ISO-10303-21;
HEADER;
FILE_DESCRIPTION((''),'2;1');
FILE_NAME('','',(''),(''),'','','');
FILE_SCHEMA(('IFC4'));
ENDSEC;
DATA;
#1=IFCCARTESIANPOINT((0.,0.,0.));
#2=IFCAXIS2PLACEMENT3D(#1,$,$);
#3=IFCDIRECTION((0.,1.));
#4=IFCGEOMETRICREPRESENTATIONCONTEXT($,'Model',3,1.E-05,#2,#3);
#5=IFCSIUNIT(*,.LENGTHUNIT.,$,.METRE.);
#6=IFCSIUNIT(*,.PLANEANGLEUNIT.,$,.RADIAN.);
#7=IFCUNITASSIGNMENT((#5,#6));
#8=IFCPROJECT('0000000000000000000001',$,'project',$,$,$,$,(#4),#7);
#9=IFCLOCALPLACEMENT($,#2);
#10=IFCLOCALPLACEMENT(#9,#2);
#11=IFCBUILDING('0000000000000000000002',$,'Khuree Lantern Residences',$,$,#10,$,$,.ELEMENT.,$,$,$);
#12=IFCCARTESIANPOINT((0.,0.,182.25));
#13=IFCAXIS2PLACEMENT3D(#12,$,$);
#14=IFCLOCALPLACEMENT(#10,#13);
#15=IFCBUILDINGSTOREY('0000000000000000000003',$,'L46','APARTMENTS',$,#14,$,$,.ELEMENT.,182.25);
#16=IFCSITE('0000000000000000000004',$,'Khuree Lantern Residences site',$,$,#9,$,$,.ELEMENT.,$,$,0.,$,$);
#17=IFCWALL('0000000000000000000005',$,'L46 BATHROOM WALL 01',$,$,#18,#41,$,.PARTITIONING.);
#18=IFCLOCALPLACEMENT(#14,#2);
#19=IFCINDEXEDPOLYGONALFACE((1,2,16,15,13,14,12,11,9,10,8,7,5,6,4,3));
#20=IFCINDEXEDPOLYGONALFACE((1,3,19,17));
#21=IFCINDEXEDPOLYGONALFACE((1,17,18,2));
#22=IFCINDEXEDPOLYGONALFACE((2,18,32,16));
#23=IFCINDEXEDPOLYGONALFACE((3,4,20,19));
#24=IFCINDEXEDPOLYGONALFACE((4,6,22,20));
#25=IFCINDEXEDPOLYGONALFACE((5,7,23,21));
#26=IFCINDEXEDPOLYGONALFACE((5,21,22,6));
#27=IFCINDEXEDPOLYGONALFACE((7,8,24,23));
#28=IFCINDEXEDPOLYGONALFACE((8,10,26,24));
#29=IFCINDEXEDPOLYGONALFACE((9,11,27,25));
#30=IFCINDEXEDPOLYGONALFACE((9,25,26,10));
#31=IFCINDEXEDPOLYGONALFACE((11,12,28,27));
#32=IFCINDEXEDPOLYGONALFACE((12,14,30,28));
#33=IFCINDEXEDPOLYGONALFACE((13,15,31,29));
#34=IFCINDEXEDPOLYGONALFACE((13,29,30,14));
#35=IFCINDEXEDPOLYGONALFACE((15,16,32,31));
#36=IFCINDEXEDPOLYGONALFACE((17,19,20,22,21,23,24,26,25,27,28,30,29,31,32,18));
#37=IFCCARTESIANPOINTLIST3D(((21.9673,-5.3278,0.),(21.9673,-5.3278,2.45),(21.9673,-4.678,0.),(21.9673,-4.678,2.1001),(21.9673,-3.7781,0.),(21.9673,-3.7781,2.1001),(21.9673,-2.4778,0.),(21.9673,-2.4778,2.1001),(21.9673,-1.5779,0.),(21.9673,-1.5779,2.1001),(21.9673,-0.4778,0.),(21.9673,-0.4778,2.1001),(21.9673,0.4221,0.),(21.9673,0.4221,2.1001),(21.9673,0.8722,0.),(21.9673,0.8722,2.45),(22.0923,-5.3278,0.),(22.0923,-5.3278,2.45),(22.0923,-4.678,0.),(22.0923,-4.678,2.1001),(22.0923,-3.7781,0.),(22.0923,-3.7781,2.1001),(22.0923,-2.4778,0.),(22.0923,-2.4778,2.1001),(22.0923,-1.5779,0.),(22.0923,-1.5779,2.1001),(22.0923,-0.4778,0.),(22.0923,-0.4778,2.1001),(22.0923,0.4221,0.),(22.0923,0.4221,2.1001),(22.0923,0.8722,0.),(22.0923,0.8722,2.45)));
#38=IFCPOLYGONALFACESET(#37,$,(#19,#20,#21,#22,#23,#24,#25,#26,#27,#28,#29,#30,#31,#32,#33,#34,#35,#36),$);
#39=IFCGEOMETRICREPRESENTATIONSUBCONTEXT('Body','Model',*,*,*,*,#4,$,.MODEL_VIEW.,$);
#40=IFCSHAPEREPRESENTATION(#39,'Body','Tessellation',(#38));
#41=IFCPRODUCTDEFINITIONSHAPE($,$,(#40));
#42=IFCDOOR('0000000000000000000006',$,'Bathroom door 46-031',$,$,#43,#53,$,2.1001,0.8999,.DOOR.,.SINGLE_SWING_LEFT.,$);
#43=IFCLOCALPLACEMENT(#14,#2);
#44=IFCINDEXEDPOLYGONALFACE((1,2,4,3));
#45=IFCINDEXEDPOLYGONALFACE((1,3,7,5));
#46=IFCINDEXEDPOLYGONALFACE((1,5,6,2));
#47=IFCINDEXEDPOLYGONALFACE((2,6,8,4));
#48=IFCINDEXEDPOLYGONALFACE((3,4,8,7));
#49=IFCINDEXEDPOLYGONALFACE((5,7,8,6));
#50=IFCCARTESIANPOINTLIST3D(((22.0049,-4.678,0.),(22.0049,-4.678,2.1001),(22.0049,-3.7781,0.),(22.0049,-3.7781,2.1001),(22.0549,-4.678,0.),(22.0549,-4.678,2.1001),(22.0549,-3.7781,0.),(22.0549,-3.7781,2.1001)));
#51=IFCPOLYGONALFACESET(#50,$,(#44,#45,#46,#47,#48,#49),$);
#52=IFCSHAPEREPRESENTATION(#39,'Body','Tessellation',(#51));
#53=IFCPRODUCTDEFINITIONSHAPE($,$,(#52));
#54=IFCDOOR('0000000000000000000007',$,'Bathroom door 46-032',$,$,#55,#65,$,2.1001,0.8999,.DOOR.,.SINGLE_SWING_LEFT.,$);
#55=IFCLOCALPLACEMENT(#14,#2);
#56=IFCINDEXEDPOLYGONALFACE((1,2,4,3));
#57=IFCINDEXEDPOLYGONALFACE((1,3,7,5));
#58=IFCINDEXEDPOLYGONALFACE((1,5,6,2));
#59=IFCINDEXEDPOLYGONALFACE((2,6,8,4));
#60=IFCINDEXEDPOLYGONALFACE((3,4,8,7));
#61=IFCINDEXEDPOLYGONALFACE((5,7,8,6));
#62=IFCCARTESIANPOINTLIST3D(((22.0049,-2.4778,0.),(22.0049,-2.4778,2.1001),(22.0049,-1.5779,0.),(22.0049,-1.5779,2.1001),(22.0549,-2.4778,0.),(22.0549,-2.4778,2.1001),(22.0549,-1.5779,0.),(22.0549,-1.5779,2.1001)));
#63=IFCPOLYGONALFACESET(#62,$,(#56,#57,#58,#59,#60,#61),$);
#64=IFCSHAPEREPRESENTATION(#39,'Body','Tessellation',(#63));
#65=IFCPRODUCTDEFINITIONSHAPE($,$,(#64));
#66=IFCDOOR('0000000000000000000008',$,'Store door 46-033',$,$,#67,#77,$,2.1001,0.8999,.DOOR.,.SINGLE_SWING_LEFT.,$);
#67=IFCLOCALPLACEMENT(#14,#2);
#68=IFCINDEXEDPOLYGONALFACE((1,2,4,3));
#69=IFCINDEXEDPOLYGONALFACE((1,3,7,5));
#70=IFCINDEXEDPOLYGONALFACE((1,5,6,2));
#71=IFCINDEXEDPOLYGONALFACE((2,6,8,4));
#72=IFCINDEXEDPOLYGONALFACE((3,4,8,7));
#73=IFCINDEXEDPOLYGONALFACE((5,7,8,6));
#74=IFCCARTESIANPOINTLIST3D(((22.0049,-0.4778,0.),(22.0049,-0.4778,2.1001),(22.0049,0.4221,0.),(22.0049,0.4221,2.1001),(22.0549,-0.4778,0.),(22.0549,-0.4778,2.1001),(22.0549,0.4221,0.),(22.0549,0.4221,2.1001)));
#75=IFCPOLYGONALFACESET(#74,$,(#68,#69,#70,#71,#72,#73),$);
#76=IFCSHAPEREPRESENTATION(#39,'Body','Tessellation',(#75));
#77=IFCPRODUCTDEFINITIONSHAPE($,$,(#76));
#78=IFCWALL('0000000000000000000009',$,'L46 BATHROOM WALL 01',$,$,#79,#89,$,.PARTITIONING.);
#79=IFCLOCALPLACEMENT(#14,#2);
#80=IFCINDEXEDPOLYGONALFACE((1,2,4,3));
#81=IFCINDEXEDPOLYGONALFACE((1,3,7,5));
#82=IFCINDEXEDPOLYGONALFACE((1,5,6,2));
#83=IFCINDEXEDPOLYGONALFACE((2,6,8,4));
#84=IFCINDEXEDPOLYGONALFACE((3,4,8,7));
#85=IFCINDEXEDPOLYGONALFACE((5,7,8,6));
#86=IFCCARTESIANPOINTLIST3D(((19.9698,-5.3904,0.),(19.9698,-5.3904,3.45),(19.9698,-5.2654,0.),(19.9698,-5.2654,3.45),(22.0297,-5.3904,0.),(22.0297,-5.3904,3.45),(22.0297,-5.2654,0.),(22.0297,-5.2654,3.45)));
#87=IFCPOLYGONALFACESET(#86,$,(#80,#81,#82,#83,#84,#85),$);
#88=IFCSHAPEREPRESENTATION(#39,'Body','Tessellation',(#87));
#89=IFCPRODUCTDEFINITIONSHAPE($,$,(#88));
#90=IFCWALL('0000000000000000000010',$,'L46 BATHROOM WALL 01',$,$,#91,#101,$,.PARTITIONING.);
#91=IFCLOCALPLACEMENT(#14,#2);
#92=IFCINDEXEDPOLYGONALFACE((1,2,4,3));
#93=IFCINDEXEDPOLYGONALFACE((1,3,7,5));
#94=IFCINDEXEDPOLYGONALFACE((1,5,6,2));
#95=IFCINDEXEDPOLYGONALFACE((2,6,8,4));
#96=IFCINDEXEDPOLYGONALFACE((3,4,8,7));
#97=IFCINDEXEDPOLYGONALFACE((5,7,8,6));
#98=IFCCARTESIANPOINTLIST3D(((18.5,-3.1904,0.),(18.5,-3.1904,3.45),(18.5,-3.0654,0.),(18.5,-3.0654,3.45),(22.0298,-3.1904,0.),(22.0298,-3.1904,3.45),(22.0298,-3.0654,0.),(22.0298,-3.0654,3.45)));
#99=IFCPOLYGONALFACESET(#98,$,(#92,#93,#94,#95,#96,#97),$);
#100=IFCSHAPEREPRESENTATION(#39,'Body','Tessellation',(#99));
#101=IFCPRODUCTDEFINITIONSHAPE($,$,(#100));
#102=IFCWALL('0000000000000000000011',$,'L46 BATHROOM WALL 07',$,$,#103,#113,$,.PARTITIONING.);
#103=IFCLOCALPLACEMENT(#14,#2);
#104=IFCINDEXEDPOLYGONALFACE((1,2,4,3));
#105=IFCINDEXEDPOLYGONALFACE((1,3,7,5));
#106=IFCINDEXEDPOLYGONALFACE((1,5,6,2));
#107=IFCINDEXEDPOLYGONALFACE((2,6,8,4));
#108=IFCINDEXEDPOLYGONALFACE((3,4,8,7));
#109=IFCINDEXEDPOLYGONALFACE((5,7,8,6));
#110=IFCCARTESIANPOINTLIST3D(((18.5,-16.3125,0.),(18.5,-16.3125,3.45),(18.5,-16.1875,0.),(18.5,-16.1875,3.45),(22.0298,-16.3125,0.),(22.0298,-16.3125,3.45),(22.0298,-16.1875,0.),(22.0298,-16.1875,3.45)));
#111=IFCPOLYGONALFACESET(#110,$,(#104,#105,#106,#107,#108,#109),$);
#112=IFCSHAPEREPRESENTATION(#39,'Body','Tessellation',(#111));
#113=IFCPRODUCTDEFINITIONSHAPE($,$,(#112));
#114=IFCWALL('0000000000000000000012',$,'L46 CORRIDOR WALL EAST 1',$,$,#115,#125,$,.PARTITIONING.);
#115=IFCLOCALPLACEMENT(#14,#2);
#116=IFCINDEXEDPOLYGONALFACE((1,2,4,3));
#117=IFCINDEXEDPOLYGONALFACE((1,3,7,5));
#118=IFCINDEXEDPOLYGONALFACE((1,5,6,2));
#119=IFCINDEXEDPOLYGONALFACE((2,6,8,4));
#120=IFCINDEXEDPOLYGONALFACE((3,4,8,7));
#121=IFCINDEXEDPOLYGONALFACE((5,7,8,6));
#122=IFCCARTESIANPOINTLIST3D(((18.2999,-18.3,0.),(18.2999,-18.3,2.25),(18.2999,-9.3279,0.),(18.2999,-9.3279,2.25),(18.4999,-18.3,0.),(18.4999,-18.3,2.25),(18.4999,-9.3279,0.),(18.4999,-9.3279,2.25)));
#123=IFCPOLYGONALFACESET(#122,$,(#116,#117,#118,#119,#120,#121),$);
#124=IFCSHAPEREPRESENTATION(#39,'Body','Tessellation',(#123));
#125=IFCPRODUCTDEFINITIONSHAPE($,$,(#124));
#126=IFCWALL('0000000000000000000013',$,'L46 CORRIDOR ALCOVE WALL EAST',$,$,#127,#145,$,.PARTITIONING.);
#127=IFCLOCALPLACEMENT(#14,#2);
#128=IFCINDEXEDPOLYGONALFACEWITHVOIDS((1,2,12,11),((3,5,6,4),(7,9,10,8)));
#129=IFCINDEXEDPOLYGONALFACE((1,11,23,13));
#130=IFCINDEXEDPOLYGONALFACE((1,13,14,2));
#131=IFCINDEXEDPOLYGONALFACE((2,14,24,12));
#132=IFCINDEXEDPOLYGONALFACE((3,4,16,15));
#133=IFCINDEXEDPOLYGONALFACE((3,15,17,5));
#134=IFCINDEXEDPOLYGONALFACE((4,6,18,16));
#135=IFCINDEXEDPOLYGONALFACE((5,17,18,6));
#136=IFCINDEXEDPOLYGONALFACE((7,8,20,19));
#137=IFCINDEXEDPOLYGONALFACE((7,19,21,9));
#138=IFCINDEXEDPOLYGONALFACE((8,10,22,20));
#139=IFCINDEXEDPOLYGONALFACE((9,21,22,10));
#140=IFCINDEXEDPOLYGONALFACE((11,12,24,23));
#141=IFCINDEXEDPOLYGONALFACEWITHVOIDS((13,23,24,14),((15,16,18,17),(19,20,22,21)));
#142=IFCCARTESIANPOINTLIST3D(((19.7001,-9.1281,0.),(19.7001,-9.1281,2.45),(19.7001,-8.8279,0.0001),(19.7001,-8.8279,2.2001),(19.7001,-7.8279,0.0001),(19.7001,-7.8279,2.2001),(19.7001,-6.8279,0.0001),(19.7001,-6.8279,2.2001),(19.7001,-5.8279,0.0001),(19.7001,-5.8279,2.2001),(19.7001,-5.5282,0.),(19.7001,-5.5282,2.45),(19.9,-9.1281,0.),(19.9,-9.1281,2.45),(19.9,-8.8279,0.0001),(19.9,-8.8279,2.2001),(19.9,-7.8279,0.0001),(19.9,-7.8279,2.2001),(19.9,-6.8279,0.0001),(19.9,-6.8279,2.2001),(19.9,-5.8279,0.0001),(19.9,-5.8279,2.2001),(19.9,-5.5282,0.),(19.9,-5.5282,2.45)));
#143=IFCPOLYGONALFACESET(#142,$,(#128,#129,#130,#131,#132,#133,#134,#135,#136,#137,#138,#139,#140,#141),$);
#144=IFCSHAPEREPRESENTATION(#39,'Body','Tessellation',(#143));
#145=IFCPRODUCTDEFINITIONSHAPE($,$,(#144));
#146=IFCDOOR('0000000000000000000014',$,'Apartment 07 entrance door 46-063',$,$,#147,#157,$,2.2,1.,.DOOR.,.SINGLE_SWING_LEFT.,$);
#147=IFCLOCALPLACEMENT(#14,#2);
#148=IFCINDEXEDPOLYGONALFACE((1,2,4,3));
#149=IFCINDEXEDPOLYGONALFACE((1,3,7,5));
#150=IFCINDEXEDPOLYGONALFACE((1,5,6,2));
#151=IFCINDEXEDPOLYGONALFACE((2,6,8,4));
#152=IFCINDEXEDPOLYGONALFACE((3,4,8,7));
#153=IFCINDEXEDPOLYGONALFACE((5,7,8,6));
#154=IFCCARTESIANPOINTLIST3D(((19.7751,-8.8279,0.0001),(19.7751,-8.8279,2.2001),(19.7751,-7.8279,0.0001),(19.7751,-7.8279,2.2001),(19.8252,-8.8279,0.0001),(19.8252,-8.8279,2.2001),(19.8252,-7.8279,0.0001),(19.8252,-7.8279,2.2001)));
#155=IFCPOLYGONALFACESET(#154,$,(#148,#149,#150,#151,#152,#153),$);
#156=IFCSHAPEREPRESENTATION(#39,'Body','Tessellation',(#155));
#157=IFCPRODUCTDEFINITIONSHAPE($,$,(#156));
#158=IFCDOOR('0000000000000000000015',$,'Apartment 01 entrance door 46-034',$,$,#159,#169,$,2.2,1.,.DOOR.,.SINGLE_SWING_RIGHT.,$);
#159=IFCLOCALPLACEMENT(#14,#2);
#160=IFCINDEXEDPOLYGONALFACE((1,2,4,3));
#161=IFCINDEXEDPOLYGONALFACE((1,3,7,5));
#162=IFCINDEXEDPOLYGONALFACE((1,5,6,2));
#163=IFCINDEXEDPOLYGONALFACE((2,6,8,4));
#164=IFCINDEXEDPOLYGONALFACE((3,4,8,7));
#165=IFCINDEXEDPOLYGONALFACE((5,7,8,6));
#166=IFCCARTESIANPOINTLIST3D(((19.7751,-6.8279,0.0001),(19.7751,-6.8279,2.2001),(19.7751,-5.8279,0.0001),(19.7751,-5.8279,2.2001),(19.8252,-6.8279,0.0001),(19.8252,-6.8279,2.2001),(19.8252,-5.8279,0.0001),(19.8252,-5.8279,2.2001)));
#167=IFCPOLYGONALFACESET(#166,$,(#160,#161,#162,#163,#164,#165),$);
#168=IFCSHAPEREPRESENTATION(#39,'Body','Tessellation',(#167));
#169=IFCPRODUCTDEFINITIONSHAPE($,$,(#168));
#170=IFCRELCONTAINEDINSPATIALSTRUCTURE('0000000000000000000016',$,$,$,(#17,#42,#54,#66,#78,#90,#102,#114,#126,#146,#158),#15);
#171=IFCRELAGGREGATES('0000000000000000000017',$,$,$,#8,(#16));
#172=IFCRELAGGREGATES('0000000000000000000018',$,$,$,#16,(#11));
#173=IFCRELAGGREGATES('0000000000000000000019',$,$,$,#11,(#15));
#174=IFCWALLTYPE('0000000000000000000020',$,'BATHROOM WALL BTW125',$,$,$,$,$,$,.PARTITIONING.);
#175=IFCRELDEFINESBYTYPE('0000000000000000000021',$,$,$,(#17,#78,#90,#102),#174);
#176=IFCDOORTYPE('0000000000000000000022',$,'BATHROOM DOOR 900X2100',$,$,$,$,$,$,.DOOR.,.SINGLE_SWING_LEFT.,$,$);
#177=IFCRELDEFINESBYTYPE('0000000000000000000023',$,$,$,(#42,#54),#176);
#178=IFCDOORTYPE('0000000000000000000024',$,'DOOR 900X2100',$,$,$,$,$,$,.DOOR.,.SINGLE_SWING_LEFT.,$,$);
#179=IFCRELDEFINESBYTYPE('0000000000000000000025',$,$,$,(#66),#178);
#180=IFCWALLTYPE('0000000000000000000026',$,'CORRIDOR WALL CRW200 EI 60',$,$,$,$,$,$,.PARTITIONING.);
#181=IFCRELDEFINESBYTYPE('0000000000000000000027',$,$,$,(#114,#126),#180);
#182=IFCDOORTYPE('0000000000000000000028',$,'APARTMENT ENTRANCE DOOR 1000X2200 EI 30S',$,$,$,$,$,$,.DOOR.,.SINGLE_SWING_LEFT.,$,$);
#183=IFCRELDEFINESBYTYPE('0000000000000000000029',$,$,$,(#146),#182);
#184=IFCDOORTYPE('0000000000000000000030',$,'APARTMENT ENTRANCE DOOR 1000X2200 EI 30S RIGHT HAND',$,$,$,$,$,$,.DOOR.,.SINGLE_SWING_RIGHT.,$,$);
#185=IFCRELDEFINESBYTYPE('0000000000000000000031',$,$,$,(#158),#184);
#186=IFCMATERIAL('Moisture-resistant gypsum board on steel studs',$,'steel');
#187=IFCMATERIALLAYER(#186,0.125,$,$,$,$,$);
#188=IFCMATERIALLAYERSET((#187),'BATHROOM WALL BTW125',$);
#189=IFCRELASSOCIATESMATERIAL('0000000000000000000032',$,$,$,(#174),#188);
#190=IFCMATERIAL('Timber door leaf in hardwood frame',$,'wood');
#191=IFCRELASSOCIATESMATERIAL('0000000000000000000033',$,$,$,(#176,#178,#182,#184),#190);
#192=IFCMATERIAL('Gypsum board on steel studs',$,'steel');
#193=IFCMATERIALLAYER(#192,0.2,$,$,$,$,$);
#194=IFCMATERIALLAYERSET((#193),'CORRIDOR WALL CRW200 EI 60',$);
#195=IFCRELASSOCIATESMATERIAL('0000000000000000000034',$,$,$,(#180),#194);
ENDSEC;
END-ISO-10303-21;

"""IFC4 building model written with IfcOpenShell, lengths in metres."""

from ifc_helpers import new_model, si_unit, direction, frame, frame_2d, origin, place, context, subcontext, project, spatial, rectangle, extrude, material, layer, layer_set, type_object, element, fill, save


model = new_model("IFC4")

# Units and contexts
model_context = context("Model", 3, precision=1e-05, world=origin(), true_north=direction((0.0, 1.0)))
body_context = subcontext(model_context, "Body", "Model", "MODEL_VIEW")
ifc_project = project(units=[si_unit("LENGTHUNIT", "METRE"), si_unit("PLANEANGLEUNIT", "RADIAN")], contexts=[model_context])

# Site, building, storey
site_placement = place(None, origin())
site = spatial("IfcSite", under=ifc_project, at=site_placement, Name="Khuree Lantern Residences site", CompositionType="ELEMENT", RefElevation=0.0)
building_placement = place(site_placement, origin())
building = spatial("IfcBuilding", under=site, at=building_placement, Name="Khuree Lantern Residences", CompositionType="ELEMENT")
storey_placement = place(building_placement, frame((0.0, 0.0, 182.25)))
storey = spatial("IfcBuildingStorey", under=building, at=storey_placement, Name="L46", Description="APARTMENTS", CompositionType="ELEMENT", Elevation=182.25)

# Wall, openings, doors
ifc_material_1 = material(Name="Moisture-resistant gypsum board on steel studs", Category="steel")
ifc_layer_1 = layer(ifc_material_1, 0.125)
ifc_layer_set_1 = layer_set([ifc_layer_1], Name="BATHROOM WALL BTW125")
wall_type_1 = type_object("IfcWallType", Name="BATHROOM WALL BTW125", PredefinedType="PARTITIONING", material=ifc_layer_set_1)
wall_1_placement = place(storey_placement, frame((22.0298, -5.3279, 0.0), z_axis=(0.0, 0.0, 1.0), x_axis=(0.0, 1.0, 0.0)))
wall_1 = element("IfcWall", 1, at=wall_1_placement, inside=storey, type_object=wall_type_1, Name="L46 BATHROOM WALL 01", PredefinedType="PARTITIONING", context=body_context, shape_type="SweptSolid", body=[
    extrude(rectangle(XDim=6.2, YDim=0.125, at=frame_2d((3.1001, 0.0))), origin(), (0.0, 0.0, 1.0), 2.45),
])
opening_1_placement = place(wall_1_placement, frame((0.6499, 0.0, 0.0)))
opening_1 = element("IfcOpeningElement", 2, at=opening_1_placement, cuts=wall_1, PredefinedType="OPENING", context=body_context, shape_type="SweptSolid", body=[
    extrude(rectangle(XDim=0.8999, YDim=2.1001, at=frame_2d((0.45, 1.05))), frame((0.0, 0.0725, 0.0), z_axis=(0.0, -1.0, 0.0), x_axis=(1.0, 0.0, 0.0)), (0.0, 0.0, 1.0), 0.145),
])
opening_2_placement = place(wall_1_placement, frame((2.8501, 0.0, 0.0)))
opening_2 = element("IfcOpeningElement", 3, at=opening_2_placement, cuts=wall_1, PredefinedType="OPENING", context=body_context, shape_type="SweptSolid", body=[
    extrude(rectangle(XDim=0.8999, YDim=2.1001, at=frame_2d((0.45, 1.05))), frame((0.0, 0.0725, 0.0), z_axis=(0.0, -1.0, 0.0), x_axis=(1.0, 0.0, 0.0)), (0.0, 0.0, 1.0), 0.145),
])
opening_3_placement = place(wall_1_placement, frame((4.8501, 0.0, 0.0)))
opening_3 = element("IfcOpeningElement", 4, at=opening_3_placement, cuts=wall_1, PredefinedType="OPENING", context=body_context, shape_type="SweptSolid", body=[
    extrude(rectangle(XDim=0.8999, YDim=2.1001, at=frame_2d((0.45, 1.05))), frame((0.0, 0.0725, 0.0), z_axis=(0.0, -1.0, 0.0), x_axis=(1.0, 0.0, 0.0)), (0.0, 0.0, 1.0), 0.145),
])
ifc_material_2 = material(Name="Timber door leaf in hardwood frame", Category="wood")
door_type_1 = type_object("IfcDoorType", Name="BATHROOM DOOR 900X2100", OperationType="SINGLE_SWING_LEFT", PredefinedType="DOOR", material=ifc_material_2)
door_1_placement = place(opening_1_placement, origin())
door_1 = element("IfcDoor", 5, at=door_1_placement, inside=storey, type_object=door_type_1, Name="Bathroom door 46-031", OperationType="SINGLE_SWING_LEFT", OverallHeight=2.1001, OverallWidth=0.8999, PredefinedType="DOOR", context=body_context, shape_type="SweptSolid", body=[
    extrude(rectangle(XDim=0.8999, YDim=2.1001, at=frame_2d((0.45, 1.05))), frame((0.0, 0.0249, 0.0), z_axis=(0.0, -1.0, 0.0), x_axis=(1.0, 0.0, 0.0)), (0.0, 0.0, 1.0), 0.05),
])
fill(opening_1, door_1)
door_2_placement = place(opening_2_placement, origin())
door_2 = element("IfcDoor", 6, at=door_2_placement, inside=storey, type_object=door_type_1, Name="Bathroom door 46-032", OperationType="SINGLE_SWING_LEFT", OverallHeight=2.1001, OverallWidth=0.8999, PredefinedType="DOOR", context=body_context, shape_type="SweptSolid", body=[
    extrude(rectangle(XDim=0.8999, YDim=2.1001, at=frame_2d((0.45, 1.05))), frame((0.0, 0.0249, 0.0), z_axis=(0.0, -1.0, 0.0), x_axis=(1.0, 0.0, 0.0)), (0.0, 0.0, 1.0), 0.05),
])
fill(opening_2, door_2)
door_type_2 = type_object("IfcDoorType", Name="DOOR 900X2100", OperationType="SINGLE_SWING_LEFT", PredefinedType="DOOR", material=ifc_material_2)
door_3_placement = place(opening_3_placement, origin())
door_3 = element("IfcDoor", 7, at=door_3_placement, inside=storey, type_object=door_type_2, Name="Store door 46-033", OperationType="SINGLE_SWING_LEFT", OverallHeight=2.1001, OverallWidth=0.8999, PredefinedType="DOOR", context=body_context, shape_type="SweptSolid", body=[
    extrude(rectangle(XDim=0.8999, YDim=2.1001, at=frame_2d((0.45, 1.05))), frame((0.0, 0.0249, 0.0), z_axis=(0.0, -1.0, 0.0), x_axis=(1.0, 0.0, 0.0)), (0.0, 0.0, 1.0), 0.05),
])
fill(opening_3, door_3)

# Walls
wall_2_placement = place(storey_placement, frame((19.97, -5.3279, 0.0), z_axis=(0.0, 0.0, 1.0), x_axis=(1.0, 0.0, 0.0)))
element("IfcWall", 8, at=wall_2_placement, inside=storey, type_object=wall_type_1, Name="L46 BATHROOM WALL 01", PredefinedType="PARTITIONING", context=body_context, shape_type="SweptSolid", body=[
    extrude(rectangle(XDim=2.0598, YDim=0.125, at=frame_2d((1.0298, 0.0))), origin(), (0.0, 0.0, 1.0), 3.45),
])
for number, where, z_axis, x_axis, name in (
    (9, (18.5, -3.1279, 0.0), (0.0, 0.0, 1.0), (1.0, 0.0, 0.0), "L46 BATHROOM WALL 01"),
    (10, (18.5, -16.25, 0.0), (0.0, 0.0, 1.0), (1.0, 0.0, 0.0), "L46 BATHROOM WALL 07"),
):
    element("IfcWall", number, at=place(storey_placement, frame(where, z_axis=z_axis, x_axis=x_axis)), inside=storey, type_object=wall_type_1, Name=name, PredefinedType="PARTITIONING", context=body_context, shape_type="SweptSolid", body=[
        extrude(rectangle(XDim=3.5298, YDim=0.125, at=frame_2d((1.7649, 0.0))), origin(), (0.0, 0.0, 1.0), 3.45),
    ])
ifc_material_3 = material(Name="Gypsum board on steel studs", Category="steel")
ifc_layer_2 = layer(ifc_material_3, 0.2)
ifc_layer_set_2 = layer_set([ifc_layer_2], Name="CORRIDOR WALL CRW200 EI 60")
wall_type_2 = type_object("IfcWallType", Name="CORRIDOR WALL CRW200 EI 60", PredefinedType="PARTITIONING", material=ifc_layer_set_2)
wall_3_placement = place(storey_placement, frame((18.3999, -18.3, 0.0), z_axis=(0.0, 0.0, 1.0), x_axis=(0.0, 1.0, 0.0)))
element("IfcWall", 11, at=wall_3_placement, inside=storey, type_object=wall_type_2, Name="L46 CORRIDOR WALL EAST 1", PredefinedType="PARTITIONING", context=body_context, shape_type="SweptSolid", body=[
    extrude(rectangle(XDim=8.9722, YDim=0.2, at=frame_2d((4.4861, 0.0))), origin(), (0.0, 0.0, 1.0), 2.25),
])

# Wall, openings, doors
wall_4_placement = place(storey_placement, frame((19.8, -9.1279, 0.0), z_axis=(0.0, 0.0, 1.0), x_axis=(0.0, 1.0, 0.0)))
wall_4 = element("IfcWall", 12, at=wall_4_placement, inside=storey, type_object=wall_type_2, Name="L46 CORRIDOR ALCOVE WALL EAST", PredefinedType="PARTITIONING", context=body_context, shape_type="SweptSolid", body=[
    extrude(rectangle(XDim=3.5999, YDim=0.2, at=frame_2d((1.7998, 0.0))), origin(), (0.0, 0.0, 1.0), 2.45),
])
opening_4_placement = place(wall_4_placement, frame((2.3, 0.0, 0.0)))
opening_4 = element("IfcOpeningElement", 13, at=opening_4_placement, cuts=wall_4, PredefinedType="OPENING", context=body_context, shape_type="SweptSolid", body=[
    extrude(rectangle(XDim=1.0, YDim=2.2, at=frame_2d((0.5, 1.1001))), frame((0.0, 0.1099, 0.0), z_axis=(0.0, -1.0, 0.0), x_axis=(1.0, 0.0, 0.0)), (0.0, 0.0, 1.0), 0.22),
])
opening_5_placement = place(wall_4_placement, frame((0.3, 0.0, 0.0)))
opening_5 = element("IfcOpeningElement", 14, at=opening_5_placement, cuts=wall_4, PredefinedType="OPENING", context=body_context, shape_type="SweptSolid", body=[
    extrude(rectangle(XDim=1.0, YDim=2.2, at=frame_2d((0.5, 1.1001))), frame((0.0, 0.1099, 0.0), z_axis=(0.0, -1.0, 0.0), x_axis=(1.0, 0.0, 0.0)), (0.0, 0.0, 1.0), 0.22),
])
door_type_3 = type_object("IfcDoorType", Name="APARTMENT ENTRANCE DOOR 1000X2200 EI 30S", OperationType="SINGLE_SWING_LEFT", PredefinedType="DOOR", material=ifc_material_2)
door_4_placement = place(opening_5_placement, origin())
door_4 = element("IfcDoor", 15, at=door_4_placement, inside=storey, type_object=door_type_3, Name="Apartment 07 entrance door 46-063", OperationType="SINGLE_SWING_LEFT", OverallHeight=2.2, OverallWidth=1.0, PredefinedType="DOOR", context=body_context, shape_type="SweptSolid", body=[
    extrude(rectangle(XDim=1.0, YDim=2.2, at=frame_2d((0.5, 1.1001))), frame((0.0, 0.0249, 0.0), z_axis=(0.0, -1.0, 0.0), x_axis=(1.0, 0.0, 0.0)), (0.0, 0.0, 1.0), 0.05),
])
fill(opening_5, door_4)
door_type_4 = type_object("IfcDoorType", Name="APARTMENT ENTRANCE DOOR 1000X2200 EI 30S RIGHT HAND", OperationType="SINGLE_SWING_RIGHT", PredefinedType="DOOR", material=ifc_material_2)
door_5_placement = place(opening_4_placement, origin())
door_5 = element("IfcDoor", 16, at=door_5_placement, inside=storey, type_object=door_type_4, Name="Apartment 01 entrance door 46-034", OperationType="SINGLE_SWING_RIGHT", OverallHeight=2.2, OverallWidth=1.0, PredefinedType="DOOR", context=body_context, shape_type="SweptSolid", body=[
    extrude(rectangle(XDim=1.0, YDim=2.2, at=frame_2d((0.5, 1.1001))), frame((0.0, 0.0249, 0.0), z_axis=(0.0, -1.0, 0.0), x_axis=(1.0, 0.0, 0.0)), (0.0, 0.0, 1.0), 0.05),
])
fill(opening_4, door_5)

save(model, "model.ifc")
